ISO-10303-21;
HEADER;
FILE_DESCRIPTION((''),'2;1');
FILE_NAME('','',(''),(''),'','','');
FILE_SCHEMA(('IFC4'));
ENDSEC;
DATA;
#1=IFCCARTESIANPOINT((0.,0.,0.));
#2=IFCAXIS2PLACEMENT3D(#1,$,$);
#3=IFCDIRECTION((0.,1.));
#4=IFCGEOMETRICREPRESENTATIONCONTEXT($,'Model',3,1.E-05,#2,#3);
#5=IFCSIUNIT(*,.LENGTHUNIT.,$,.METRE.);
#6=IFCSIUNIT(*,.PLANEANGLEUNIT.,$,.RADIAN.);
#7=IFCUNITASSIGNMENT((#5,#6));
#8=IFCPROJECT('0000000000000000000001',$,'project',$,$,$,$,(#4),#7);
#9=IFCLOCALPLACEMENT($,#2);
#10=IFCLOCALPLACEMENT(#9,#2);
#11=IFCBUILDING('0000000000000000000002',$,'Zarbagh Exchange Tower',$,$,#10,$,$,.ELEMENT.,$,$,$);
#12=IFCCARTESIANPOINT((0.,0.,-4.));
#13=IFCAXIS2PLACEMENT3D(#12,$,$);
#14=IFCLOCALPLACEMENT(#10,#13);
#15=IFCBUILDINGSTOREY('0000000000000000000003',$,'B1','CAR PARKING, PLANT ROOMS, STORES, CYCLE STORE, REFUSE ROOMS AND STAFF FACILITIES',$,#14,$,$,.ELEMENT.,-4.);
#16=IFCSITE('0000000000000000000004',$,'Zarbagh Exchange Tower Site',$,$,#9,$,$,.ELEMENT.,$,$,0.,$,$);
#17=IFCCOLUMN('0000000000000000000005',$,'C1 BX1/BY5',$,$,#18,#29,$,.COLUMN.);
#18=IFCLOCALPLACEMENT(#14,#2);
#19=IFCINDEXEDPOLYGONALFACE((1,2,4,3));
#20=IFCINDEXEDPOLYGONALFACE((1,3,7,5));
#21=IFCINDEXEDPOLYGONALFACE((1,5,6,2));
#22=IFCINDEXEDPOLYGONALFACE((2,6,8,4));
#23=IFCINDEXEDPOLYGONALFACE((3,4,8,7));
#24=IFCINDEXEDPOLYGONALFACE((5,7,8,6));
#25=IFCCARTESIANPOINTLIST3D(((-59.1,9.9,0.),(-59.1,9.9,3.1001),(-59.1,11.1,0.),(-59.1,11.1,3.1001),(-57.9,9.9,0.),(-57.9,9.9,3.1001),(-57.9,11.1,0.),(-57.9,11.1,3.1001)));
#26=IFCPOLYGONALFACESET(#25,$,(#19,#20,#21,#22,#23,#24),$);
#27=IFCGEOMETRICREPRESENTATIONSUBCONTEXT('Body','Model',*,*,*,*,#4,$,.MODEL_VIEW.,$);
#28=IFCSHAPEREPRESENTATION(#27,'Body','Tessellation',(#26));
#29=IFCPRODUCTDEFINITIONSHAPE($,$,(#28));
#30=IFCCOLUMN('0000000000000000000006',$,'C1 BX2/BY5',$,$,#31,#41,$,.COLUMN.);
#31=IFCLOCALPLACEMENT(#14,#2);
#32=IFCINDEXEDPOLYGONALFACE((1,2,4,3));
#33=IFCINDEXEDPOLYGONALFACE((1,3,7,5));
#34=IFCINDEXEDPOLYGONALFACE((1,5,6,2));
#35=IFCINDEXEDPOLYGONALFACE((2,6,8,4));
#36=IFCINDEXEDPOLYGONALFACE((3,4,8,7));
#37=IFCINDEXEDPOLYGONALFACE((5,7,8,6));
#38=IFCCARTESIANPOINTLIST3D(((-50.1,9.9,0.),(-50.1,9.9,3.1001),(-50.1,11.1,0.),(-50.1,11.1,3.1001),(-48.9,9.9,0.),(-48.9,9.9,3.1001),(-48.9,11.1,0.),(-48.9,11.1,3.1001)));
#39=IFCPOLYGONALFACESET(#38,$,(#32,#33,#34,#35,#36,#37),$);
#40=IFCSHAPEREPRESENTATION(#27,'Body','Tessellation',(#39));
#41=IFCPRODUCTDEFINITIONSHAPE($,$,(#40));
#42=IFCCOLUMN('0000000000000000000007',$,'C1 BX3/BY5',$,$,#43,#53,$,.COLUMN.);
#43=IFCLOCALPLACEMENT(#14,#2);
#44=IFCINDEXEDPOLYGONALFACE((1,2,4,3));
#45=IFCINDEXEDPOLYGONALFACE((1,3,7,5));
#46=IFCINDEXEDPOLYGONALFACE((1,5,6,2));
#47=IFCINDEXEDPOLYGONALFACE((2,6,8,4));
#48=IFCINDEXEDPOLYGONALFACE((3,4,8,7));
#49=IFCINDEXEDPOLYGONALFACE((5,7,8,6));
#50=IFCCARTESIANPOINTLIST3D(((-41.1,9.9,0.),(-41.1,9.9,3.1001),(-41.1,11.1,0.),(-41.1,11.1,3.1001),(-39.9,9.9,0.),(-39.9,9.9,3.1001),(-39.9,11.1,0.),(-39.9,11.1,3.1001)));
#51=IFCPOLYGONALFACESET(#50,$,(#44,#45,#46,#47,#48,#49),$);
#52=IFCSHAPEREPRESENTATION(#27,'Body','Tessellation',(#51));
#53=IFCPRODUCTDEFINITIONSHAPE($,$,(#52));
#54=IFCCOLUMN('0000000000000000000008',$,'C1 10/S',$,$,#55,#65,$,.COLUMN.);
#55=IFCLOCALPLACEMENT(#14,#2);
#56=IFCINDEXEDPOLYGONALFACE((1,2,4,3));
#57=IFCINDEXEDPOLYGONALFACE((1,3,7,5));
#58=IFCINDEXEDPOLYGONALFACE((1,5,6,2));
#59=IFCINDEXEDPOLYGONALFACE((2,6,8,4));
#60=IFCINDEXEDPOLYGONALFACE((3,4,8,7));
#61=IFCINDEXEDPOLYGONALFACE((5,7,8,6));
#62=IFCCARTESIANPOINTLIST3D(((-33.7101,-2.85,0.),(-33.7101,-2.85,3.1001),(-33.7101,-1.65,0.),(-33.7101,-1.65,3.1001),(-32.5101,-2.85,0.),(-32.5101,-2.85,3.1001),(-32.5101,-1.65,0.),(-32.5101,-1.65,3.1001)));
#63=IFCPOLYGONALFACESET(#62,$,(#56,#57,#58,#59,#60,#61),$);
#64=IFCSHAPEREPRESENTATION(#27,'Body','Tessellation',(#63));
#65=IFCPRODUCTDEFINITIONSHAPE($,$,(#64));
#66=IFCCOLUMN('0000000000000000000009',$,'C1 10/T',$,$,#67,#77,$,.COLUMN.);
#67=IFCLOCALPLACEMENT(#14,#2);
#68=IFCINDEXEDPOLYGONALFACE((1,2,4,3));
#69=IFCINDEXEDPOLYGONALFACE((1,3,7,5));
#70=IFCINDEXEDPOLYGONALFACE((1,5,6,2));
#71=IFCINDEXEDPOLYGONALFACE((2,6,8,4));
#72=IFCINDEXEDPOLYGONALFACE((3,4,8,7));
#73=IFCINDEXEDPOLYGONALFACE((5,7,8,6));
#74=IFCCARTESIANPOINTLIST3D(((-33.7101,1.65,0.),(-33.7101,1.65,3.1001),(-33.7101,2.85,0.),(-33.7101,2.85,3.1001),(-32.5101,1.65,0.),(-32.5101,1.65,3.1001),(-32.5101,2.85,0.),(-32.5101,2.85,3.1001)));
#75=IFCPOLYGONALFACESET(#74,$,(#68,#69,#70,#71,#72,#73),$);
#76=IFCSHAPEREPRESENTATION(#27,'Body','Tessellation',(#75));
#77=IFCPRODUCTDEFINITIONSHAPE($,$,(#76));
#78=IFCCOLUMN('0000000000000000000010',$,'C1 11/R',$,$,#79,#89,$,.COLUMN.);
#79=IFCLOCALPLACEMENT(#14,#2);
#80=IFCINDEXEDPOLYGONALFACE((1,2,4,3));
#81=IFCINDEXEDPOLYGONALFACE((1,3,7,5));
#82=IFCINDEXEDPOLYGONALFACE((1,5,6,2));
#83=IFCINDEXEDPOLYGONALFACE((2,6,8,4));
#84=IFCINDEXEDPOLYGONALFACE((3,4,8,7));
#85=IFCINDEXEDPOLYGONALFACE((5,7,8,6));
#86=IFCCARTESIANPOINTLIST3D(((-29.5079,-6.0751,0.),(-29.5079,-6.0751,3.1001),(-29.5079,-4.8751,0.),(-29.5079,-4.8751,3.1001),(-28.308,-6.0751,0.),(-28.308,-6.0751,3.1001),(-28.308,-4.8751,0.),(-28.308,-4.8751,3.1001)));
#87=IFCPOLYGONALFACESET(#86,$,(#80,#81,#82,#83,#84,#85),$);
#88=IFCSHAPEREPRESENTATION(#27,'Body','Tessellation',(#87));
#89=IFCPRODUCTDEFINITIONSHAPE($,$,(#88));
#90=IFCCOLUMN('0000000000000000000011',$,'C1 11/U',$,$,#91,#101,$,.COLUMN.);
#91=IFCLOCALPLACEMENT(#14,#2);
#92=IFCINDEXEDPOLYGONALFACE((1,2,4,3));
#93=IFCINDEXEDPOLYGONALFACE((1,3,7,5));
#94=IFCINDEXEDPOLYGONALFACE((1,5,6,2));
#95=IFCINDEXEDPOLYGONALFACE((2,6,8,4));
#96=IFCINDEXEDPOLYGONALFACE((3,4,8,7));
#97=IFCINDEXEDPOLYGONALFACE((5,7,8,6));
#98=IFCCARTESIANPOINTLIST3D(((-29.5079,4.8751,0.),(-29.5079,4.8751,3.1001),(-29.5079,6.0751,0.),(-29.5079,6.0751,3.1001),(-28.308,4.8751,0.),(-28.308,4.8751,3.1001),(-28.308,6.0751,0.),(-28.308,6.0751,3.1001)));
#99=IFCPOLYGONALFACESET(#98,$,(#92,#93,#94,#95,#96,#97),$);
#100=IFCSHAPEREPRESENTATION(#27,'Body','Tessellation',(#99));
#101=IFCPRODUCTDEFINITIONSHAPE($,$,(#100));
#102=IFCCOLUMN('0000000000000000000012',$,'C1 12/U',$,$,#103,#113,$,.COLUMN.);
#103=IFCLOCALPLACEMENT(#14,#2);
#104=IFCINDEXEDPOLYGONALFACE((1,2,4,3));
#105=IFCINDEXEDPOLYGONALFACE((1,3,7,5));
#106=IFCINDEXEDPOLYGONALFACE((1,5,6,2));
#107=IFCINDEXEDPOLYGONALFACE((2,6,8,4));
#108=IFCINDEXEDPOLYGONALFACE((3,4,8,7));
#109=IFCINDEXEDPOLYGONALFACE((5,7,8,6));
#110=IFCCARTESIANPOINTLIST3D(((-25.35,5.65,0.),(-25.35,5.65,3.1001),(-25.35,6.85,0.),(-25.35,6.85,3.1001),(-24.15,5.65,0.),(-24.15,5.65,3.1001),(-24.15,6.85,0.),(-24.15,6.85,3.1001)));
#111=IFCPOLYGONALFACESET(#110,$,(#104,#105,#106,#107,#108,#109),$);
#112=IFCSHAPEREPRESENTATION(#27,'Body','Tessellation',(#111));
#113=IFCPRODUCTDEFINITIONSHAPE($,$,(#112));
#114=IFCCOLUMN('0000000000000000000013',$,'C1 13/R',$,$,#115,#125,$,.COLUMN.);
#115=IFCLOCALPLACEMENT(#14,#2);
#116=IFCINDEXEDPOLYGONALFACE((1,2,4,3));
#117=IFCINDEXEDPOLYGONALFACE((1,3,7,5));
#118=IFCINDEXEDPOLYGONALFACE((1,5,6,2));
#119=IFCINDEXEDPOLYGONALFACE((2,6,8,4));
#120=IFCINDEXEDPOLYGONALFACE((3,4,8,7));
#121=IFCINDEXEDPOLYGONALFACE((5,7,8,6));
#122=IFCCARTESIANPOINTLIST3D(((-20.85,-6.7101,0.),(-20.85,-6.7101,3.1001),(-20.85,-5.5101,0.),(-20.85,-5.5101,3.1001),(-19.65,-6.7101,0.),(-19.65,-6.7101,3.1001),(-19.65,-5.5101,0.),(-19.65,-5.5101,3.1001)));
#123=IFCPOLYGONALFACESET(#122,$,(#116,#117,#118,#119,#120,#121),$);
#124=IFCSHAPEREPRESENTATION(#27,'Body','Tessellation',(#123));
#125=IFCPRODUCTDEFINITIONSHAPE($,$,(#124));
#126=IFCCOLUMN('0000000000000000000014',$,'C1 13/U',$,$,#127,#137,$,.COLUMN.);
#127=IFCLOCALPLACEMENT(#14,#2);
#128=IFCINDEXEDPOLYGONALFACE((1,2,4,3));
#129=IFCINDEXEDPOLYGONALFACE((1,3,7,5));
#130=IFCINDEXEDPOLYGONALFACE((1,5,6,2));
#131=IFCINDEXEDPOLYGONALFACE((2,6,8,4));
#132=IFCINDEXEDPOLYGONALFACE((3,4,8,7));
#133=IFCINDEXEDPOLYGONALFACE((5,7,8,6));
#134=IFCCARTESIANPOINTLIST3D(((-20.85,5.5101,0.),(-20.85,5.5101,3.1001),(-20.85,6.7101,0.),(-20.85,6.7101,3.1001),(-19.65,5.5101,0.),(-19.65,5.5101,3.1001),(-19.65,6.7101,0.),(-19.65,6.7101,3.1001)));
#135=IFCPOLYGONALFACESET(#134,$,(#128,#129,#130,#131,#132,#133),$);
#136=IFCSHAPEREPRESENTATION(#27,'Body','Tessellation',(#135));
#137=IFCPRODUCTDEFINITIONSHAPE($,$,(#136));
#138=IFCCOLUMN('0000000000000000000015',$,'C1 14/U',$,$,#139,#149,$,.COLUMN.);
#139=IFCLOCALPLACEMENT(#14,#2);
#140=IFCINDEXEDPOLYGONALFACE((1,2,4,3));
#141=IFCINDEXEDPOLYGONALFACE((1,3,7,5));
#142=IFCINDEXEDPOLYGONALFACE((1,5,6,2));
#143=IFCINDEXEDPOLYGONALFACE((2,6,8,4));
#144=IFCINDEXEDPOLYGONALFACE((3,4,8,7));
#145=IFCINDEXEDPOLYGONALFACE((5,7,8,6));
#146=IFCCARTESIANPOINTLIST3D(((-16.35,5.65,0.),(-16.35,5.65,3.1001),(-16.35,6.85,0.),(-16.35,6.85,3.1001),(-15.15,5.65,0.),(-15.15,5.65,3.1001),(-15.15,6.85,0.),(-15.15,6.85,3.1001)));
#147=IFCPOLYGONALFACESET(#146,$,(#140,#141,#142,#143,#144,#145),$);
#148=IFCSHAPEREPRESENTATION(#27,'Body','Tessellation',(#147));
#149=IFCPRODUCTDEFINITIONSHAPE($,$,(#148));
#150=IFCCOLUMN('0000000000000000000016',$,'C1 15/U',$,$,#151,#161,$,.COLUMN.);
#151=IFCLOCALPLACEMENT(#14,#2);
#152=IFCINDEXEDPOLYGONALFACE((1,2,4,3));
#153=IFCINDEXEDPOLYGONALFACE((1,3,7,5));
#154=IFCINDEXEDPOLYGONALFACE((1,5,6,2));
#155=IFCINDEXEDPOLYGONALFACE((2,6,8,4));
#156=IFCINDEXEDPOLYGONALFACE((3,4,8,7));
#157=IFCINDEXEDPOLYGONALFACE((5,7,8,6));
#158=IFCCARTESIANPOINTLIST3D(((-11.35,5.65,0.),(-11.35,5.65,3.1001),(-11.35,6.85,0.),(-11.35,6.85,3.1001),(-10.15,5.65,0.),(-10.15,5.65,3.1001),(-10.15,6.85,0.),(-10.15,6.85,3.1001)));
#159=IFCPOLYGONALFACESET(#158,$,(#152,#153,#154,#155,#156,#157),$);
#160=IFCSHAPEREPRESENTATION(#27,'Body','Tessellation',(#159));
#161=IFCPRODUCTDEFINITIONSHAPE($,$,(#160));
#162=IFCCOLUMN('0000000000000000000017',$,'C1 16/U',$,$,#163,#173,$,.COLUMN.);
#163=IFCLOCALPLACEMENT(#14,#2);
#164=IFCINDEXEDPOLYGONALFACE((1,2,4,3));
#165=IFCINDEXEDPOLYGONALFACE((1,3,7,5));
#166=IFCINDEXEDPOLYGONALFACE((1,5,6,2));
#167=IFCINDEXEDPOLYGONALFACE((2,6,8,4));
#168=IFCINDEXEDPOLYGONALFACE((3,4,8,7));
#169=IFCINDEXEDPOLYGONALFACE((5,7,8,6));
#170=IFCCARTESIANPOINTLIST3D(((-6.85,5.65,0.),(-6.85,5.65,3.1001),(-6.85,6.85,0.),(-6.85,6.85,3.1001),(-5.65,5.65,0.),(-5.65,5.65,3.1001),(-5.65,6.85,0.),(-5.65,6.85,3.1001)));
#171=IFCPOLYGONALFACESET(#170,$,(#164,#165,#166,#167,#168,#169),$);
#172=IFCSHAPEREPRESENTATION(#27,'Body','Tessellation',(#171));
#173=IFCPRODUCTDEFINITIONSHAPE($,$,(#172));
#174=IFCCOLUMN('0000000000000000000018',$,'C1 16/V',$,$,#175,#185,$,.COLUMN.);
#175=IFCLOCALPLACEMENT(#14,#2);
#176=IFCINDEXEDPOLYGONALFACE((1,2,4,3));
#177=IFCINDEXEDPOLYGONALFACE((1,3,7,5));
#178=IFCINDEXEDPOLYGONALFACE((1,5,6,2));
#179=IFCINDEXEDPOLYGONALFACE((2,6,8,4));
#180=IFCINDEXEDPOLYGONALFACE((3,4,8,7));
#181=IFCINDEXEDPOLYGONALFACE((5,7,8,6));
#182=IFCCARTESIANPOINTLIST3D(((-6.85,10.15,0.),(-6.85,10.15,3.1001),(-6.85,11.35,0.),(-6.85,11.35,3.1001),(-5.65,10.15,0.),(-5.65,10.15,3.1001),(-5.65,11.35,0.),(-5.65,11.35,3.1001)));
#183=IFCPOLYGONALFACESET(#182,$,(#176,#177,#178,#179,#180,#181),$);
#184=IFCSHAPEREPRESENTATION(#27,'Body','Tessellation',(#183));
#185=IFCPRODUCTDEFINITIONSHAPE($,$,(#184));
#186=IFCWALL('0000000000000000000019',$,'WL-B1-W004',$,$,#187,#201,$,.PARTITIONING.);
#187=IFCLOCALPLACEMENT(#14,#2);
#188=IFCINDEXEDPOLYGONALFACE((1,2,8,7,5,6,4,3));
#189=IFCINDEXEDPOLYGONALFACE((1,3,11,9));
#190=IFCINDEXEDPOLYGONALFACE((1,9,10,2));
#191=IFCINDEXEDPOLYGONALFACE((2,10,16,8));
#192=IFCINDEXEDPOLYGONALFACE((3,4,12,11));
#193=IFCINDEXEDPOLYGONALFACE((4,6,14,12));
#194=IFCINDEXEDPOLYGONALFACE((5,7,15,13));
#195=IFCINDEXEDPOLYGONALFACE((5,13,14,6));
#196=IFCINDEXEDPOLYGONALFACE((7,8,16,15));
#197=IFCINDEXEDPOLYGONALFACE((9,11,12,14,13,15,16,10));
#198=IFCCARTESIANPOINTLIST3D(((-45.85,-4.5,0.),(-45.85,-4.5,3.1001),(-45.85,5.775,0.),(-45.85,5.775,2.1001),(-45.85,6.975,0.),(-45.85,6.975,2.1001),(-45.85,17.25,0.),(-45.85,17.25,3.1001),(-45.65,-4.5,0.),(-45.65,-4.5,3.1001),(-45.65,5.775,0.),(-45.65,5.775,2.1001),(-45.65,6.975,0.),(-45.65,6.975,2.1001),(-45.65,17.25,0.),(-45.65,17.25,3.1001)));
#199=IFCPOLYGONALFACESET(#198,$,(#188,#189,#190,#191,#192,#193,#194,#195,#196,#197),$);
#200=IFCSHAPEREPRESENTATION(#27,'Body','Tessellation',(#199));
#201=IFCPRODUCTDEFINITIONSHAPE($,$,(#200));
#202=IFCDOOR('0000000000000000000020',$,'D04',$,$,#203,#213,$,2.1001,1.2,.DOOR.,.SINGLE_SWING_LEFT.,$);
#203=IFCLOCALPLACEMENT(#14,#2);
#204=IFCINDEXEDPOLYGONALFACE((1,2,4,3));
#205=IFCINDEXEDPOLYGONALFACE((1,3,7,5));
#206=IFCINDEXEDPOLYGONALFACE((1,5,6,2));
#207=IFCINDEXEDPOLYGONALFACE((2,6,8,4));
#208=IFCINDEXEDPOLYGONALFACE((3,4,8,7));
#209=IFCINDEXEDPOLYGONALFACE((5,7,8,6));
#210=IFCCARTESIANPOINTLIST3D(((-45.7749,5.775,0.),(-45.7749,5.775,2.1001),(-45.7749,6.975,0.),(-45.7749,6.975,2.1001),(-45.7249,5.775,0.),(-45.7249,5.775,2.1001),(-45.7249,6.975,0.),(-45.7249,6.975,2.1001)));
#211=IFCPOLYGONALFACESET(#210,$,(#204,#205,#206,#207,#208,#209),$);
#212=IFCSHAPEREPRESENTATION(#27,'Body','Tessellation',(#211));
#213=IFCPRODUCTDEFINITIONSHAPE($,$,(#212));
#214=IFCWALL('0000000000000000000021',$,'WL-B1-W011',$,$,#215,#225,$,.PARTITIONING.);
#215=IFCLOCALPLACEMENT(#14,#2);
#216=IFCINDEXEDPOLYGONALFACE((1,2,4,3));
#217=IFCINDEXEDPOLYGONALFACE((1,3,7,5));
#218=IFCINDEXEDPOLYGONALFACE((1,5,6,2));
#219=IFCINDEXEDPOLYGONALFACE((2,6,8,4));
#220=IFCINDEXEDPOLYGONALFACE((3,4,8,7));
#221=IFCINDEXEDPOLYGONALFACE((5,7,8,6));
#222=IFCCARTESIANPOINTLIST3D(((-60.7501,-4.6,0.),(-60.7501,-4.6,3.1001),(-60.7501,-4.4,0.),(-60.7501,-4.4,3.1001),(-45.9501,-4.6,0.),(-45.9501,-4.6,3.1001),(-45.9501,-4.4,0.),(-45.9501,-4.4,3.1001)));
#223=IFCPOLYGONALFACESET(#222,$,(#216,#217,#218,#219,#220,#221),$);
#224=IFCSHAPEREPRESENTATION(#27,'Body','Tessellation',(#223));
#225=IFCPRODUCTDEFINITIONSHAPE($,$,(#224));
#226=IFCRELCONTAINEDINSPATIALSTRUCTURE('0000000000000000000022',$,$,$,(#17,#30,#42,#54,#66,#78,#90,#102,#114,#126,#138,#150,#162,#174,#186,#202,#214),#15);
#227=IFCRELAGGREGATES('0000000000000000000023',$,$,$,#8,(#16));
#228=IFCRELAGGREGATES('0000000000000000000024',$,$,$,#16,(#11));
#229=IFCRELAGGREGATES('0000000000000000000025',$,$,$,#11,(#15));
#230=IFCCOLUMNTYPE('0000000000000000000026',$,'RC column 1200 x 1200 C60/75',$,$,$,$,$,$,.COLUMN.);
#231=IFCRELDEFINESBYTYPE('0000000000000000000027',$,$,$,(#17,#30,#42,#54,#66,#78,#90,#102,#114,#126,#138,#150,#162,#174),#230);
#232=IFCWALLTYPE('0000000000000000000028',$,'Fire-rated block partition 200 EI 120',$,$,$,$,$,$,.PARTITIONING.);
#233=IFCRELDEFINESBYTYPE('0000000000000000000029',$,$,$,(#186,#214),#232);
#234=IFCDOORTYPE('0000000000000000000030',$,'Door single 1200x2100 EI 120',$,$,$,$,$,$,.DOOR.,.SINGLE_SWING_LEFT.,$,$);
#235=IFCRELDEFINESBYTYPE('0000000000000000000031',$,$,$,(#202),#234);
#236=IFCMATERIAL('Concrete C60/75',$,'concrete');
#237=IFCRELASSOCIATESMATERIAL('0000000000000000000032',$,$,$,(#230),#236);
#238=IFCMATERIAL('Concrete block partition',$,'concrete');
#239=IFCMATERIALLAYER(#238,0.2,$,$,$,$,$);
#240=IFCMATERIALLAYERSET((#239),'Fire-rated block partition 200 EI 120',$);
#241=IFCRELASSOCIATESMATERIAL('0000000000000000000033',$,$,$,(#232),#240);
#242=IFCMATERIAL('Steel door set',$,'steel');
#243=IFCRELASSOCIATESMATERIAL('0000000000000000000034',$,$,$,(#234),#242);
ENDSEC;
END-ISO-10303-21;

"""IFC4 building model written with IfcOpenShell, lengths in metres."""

from ifc_helpers import new_model, si_unit, direction, frame, frame_2d, origin, origin_2d, place, context, subcontext, project, spatial, rectangle, extrude, material, layer, layer_set, material_profile, profile_set, type_object, element, fill, save


model = new_model("IFC4")

# Units and contexts
model_context = context("Model", 3, precision=1e-05, world=origin(), true_north=direction((0.0, 1.0)))
body_context = subcontext(model_context, "Body", "Model", "MODEL_VIEW")
ifc_project = project(units=[si_unit("LENGTHUNIT", "METRE"), si_unit("PLANEANGLEUNIT", "RADIAN")], contexts=[model_context])

# Site, building, storey
site_placement = place(None, origin())
site = spatial("IfcSite", under=ifc_project, at=site_placement, Name="Zarbagh Exchange Tower Site", CompositionType="ELEMENT", RefElevation=0.0)
building_placement = place(site_placement, origin())
building = spatial("IfcBuilding", under=site, at=building_placement, Name="Zarbagh Exchange Tower", CompositionType="ELEMENT")
storey_placement = place(building_placement, frame((0.0, 0.0, -4.0)))
storey = spatial("IfcBuildingStorey", under=building, at=storey_placement, Name="B1", Description="CAR PARKING, PLANT ROOMS, STORES, CYCLE STORE, REFUSE ROOMS AND STAFF FACILITIES", CompositionType="ELEMENT", Elevation=-4.0)

# Columns
ifc_material_1 = material(Name="Concrete C60/75", Category="concrete")
ifc_material_profile = material_profile(ifc_material_1, rectangle(XDim=1.2, YDim=1.2, at=origin_2d()), Name="RC column 1200 x 1200 C60/75")
ifc_profile_set = profile_set([ifc_material_profile], Name="Concrete C60/75")
column_type = type_object("IfcColumnType", Name="RC column 1200 x 1200 C60/75", PredefinedType="COLUMN", material=ifc_profile_set)
for number, where, z_axis, x_axis, name in (
    (1, (-58.5, 10.5, 0.0), (0.0, 0.0, 1.0), (1.0, 0.0, 0.0), "C1 BX1/BY5"),
    (2, (-49.5, 10.5, 0.0), (0.0, 0.0, 1.0), (1.0, 0.0, 0.0), "C1 BX2/BY5"),
    (3, (-40.5, 10.5, 0.0), (0.0, 0.0, 1.0), (1.0, 0.0, 0.0), "C1 BX3/BY5"),
    (4, (-33.1101, -2.25, 0.0), (0.0, 0.0, 1.0), (1.0, 0.0, 0.0), "C1 10/S"),
    (5, (-33.1101, 2.25, 0.0), (0.0, 0.0, 1.0), (1.0, 0.0, 0.0), "C1 10/T"),
    (6, (-28.908, -5.4751, 0.0), (0.0, 0.0, 1.0), (1.0, 0.0, 0.0), "C1 11/R"),
    (7, (-28.908, 5.4751, 0.0), (0.0, 0.0, 1.0), (1.0, 0.0, 0.0), "C1 11/U"),
    (8, (-24.75, 6.25, 0.0), (0.0, 0.0, 1.0), (1.0, 0.0, 0.0), "C1 12/U"),
    (9, (-20.25, -6.1101, 0.0), (0.0, 0.0, 1.0), (1.0, 0.0, 0.0), "C1 13/R"),
    (10, (-20.25, 6.1101, 0.0), (0.0, 0.0, 1.0), (1.0, 0.0, 0.0), "C1 13/U"),
    (11, (-15.75, 6.25, 0.0), (0.0, 0.0, 1.0), (1.0, 0.0, 0.0), "C1 14/U"),
    (12, (-10.75, 6.25, 0.0), (0.0, 0.0, 1.0), (1.0, 0.0, 0.0), "C1 15/U"),
    (13, (-6.25, 6.25, 0.0), (0.0, 0.0, 1.0), (1.0, 0.0, 0.0), "C1 16/U"),
    (14, (-6.25, 10.75, 0.0), (0.0, 0.0, 1.0), (1.0, 0.0, 0.0), "C1 16/V"),
):
    element("IfcColumn", number, at=place(storey_placement, frame(where, z_axis=z_axis, x_axis=x_axis)), inside=storey, type_object=column_type, Name=name, PredefinedType="COLUMN", context=body_context, shape_type="SweptSolid", body=[
        extrude(rectangle(XDim=1.2, YDim=1.2, at=origin_2d()), origin(), (0.0, 0.0, 1.0), 3.1001),
    ])

# Wall, opening, door
ifc_material_2 = material(Name="Concrete block partition", Category="concrete")
ifc_layer = layer(ifc_material_2, 0.2)
ifc_layer_set = layer_set([ifc_layer], Name="Fire-rated block partition 200 EI 120")
wall_type = type_object("IfcWallType", Name="Fire-rated block partition 200 EI 120", PredefinedType="PARTITIONING", material=ifc_layer_set)
wall_1_placement = place(storey_placement, frame((-45.75, -4.5, 0.0), z_axis=(0.0, 0.0, 1.0), x_axis=(0.0, 1.0, 0.0)))
wall_1 = element("IfcWall", 15, at=wall_1_placement, inside=storey, type_object=wall_type, Name="WL-B1-W004", PredefinedType="PARTITIONING", context=body_context, shape_type="SweptSolid", body=[
    extrude(rectangle(XDim=21.75, YDim=0.2, at=frame_2d((10.875, 0.0))), origin(), (0.0, 0.0, 1.0), 3.1001),
])
opening_placement = place(wall_1_placement, frame((10.2749, 0.0, 0.0)))
opening = element("IfcOpeningElement", 16, at=opening_placement, cuts=wall_1, PredefinedType="OPENING", context=body_context, shape_type="SweptSolid", body=[
    extrude(rectangle(XDim=1.2, YDim=2.1001, at=frame_2d((0.6001, 1.05))), frame((0.0, 0.1099, 0.0), z_axis=(0.0, -1.0, 0.0), x_axis=(1.0, 0.0, 0.0)), (0.0, 0.0, 1.0), 0.22),
])
ifc_material_3 = material(Name="Steel door set", Category="steel")
door_type = type_object("IfcDoorType", Name="Door single 1200x2100 EI 120", OperationType="SINGLE_SWING_LEFT", PredefinedType="DOOR", material=ifc_material_3)
door_placement = place(opening_placement, origin())
door = element("IfcDoor", 17, at=door_placement, inside=storey, type_object=door_type, Name="D04", OperationType="SINGLE_SWING_LEFT", OverallHeight=2.1001, OverallWidth=1.2, PredefinedType="DOOR", context=body_context, shape_type="SweptSolid", body=[
    extrude(rectangle(XDim=1.2, YDim=2.1001, at=frame_2d((0.6001, 1.05))), frame((0.0, 0.0249, 0.0), z_axis=(0.0, -1.0, 0.0), x_axis=(1.0, 0.0, 0.0)), (0.0, 0.0, 1.0), 0.05),
])
fill(opening, door)

# Wall
wall_2_placement = place(storey_placement, frame((-60.75, -4.5, 0.0), z_axis=(0.0, 0.0, 1.0), x_axis=(1.0, 0.0, 0.0)))
element("IfcWall", 18, at=wall_2_placement, inside=storey, type_object=wall_type, Name="WL-B1-W011", PredefinedType="PARTITIONING", context=body_context, shape_type="SweptSolid", body=[
    extrude(rectangle(XDim=14.8, YDim=0.2, at=frame_2d((7.3999, 0.0))), origin(), (0.0, 0.0, 1.0), 3.1001),
])

save(model, "model.ifc")
